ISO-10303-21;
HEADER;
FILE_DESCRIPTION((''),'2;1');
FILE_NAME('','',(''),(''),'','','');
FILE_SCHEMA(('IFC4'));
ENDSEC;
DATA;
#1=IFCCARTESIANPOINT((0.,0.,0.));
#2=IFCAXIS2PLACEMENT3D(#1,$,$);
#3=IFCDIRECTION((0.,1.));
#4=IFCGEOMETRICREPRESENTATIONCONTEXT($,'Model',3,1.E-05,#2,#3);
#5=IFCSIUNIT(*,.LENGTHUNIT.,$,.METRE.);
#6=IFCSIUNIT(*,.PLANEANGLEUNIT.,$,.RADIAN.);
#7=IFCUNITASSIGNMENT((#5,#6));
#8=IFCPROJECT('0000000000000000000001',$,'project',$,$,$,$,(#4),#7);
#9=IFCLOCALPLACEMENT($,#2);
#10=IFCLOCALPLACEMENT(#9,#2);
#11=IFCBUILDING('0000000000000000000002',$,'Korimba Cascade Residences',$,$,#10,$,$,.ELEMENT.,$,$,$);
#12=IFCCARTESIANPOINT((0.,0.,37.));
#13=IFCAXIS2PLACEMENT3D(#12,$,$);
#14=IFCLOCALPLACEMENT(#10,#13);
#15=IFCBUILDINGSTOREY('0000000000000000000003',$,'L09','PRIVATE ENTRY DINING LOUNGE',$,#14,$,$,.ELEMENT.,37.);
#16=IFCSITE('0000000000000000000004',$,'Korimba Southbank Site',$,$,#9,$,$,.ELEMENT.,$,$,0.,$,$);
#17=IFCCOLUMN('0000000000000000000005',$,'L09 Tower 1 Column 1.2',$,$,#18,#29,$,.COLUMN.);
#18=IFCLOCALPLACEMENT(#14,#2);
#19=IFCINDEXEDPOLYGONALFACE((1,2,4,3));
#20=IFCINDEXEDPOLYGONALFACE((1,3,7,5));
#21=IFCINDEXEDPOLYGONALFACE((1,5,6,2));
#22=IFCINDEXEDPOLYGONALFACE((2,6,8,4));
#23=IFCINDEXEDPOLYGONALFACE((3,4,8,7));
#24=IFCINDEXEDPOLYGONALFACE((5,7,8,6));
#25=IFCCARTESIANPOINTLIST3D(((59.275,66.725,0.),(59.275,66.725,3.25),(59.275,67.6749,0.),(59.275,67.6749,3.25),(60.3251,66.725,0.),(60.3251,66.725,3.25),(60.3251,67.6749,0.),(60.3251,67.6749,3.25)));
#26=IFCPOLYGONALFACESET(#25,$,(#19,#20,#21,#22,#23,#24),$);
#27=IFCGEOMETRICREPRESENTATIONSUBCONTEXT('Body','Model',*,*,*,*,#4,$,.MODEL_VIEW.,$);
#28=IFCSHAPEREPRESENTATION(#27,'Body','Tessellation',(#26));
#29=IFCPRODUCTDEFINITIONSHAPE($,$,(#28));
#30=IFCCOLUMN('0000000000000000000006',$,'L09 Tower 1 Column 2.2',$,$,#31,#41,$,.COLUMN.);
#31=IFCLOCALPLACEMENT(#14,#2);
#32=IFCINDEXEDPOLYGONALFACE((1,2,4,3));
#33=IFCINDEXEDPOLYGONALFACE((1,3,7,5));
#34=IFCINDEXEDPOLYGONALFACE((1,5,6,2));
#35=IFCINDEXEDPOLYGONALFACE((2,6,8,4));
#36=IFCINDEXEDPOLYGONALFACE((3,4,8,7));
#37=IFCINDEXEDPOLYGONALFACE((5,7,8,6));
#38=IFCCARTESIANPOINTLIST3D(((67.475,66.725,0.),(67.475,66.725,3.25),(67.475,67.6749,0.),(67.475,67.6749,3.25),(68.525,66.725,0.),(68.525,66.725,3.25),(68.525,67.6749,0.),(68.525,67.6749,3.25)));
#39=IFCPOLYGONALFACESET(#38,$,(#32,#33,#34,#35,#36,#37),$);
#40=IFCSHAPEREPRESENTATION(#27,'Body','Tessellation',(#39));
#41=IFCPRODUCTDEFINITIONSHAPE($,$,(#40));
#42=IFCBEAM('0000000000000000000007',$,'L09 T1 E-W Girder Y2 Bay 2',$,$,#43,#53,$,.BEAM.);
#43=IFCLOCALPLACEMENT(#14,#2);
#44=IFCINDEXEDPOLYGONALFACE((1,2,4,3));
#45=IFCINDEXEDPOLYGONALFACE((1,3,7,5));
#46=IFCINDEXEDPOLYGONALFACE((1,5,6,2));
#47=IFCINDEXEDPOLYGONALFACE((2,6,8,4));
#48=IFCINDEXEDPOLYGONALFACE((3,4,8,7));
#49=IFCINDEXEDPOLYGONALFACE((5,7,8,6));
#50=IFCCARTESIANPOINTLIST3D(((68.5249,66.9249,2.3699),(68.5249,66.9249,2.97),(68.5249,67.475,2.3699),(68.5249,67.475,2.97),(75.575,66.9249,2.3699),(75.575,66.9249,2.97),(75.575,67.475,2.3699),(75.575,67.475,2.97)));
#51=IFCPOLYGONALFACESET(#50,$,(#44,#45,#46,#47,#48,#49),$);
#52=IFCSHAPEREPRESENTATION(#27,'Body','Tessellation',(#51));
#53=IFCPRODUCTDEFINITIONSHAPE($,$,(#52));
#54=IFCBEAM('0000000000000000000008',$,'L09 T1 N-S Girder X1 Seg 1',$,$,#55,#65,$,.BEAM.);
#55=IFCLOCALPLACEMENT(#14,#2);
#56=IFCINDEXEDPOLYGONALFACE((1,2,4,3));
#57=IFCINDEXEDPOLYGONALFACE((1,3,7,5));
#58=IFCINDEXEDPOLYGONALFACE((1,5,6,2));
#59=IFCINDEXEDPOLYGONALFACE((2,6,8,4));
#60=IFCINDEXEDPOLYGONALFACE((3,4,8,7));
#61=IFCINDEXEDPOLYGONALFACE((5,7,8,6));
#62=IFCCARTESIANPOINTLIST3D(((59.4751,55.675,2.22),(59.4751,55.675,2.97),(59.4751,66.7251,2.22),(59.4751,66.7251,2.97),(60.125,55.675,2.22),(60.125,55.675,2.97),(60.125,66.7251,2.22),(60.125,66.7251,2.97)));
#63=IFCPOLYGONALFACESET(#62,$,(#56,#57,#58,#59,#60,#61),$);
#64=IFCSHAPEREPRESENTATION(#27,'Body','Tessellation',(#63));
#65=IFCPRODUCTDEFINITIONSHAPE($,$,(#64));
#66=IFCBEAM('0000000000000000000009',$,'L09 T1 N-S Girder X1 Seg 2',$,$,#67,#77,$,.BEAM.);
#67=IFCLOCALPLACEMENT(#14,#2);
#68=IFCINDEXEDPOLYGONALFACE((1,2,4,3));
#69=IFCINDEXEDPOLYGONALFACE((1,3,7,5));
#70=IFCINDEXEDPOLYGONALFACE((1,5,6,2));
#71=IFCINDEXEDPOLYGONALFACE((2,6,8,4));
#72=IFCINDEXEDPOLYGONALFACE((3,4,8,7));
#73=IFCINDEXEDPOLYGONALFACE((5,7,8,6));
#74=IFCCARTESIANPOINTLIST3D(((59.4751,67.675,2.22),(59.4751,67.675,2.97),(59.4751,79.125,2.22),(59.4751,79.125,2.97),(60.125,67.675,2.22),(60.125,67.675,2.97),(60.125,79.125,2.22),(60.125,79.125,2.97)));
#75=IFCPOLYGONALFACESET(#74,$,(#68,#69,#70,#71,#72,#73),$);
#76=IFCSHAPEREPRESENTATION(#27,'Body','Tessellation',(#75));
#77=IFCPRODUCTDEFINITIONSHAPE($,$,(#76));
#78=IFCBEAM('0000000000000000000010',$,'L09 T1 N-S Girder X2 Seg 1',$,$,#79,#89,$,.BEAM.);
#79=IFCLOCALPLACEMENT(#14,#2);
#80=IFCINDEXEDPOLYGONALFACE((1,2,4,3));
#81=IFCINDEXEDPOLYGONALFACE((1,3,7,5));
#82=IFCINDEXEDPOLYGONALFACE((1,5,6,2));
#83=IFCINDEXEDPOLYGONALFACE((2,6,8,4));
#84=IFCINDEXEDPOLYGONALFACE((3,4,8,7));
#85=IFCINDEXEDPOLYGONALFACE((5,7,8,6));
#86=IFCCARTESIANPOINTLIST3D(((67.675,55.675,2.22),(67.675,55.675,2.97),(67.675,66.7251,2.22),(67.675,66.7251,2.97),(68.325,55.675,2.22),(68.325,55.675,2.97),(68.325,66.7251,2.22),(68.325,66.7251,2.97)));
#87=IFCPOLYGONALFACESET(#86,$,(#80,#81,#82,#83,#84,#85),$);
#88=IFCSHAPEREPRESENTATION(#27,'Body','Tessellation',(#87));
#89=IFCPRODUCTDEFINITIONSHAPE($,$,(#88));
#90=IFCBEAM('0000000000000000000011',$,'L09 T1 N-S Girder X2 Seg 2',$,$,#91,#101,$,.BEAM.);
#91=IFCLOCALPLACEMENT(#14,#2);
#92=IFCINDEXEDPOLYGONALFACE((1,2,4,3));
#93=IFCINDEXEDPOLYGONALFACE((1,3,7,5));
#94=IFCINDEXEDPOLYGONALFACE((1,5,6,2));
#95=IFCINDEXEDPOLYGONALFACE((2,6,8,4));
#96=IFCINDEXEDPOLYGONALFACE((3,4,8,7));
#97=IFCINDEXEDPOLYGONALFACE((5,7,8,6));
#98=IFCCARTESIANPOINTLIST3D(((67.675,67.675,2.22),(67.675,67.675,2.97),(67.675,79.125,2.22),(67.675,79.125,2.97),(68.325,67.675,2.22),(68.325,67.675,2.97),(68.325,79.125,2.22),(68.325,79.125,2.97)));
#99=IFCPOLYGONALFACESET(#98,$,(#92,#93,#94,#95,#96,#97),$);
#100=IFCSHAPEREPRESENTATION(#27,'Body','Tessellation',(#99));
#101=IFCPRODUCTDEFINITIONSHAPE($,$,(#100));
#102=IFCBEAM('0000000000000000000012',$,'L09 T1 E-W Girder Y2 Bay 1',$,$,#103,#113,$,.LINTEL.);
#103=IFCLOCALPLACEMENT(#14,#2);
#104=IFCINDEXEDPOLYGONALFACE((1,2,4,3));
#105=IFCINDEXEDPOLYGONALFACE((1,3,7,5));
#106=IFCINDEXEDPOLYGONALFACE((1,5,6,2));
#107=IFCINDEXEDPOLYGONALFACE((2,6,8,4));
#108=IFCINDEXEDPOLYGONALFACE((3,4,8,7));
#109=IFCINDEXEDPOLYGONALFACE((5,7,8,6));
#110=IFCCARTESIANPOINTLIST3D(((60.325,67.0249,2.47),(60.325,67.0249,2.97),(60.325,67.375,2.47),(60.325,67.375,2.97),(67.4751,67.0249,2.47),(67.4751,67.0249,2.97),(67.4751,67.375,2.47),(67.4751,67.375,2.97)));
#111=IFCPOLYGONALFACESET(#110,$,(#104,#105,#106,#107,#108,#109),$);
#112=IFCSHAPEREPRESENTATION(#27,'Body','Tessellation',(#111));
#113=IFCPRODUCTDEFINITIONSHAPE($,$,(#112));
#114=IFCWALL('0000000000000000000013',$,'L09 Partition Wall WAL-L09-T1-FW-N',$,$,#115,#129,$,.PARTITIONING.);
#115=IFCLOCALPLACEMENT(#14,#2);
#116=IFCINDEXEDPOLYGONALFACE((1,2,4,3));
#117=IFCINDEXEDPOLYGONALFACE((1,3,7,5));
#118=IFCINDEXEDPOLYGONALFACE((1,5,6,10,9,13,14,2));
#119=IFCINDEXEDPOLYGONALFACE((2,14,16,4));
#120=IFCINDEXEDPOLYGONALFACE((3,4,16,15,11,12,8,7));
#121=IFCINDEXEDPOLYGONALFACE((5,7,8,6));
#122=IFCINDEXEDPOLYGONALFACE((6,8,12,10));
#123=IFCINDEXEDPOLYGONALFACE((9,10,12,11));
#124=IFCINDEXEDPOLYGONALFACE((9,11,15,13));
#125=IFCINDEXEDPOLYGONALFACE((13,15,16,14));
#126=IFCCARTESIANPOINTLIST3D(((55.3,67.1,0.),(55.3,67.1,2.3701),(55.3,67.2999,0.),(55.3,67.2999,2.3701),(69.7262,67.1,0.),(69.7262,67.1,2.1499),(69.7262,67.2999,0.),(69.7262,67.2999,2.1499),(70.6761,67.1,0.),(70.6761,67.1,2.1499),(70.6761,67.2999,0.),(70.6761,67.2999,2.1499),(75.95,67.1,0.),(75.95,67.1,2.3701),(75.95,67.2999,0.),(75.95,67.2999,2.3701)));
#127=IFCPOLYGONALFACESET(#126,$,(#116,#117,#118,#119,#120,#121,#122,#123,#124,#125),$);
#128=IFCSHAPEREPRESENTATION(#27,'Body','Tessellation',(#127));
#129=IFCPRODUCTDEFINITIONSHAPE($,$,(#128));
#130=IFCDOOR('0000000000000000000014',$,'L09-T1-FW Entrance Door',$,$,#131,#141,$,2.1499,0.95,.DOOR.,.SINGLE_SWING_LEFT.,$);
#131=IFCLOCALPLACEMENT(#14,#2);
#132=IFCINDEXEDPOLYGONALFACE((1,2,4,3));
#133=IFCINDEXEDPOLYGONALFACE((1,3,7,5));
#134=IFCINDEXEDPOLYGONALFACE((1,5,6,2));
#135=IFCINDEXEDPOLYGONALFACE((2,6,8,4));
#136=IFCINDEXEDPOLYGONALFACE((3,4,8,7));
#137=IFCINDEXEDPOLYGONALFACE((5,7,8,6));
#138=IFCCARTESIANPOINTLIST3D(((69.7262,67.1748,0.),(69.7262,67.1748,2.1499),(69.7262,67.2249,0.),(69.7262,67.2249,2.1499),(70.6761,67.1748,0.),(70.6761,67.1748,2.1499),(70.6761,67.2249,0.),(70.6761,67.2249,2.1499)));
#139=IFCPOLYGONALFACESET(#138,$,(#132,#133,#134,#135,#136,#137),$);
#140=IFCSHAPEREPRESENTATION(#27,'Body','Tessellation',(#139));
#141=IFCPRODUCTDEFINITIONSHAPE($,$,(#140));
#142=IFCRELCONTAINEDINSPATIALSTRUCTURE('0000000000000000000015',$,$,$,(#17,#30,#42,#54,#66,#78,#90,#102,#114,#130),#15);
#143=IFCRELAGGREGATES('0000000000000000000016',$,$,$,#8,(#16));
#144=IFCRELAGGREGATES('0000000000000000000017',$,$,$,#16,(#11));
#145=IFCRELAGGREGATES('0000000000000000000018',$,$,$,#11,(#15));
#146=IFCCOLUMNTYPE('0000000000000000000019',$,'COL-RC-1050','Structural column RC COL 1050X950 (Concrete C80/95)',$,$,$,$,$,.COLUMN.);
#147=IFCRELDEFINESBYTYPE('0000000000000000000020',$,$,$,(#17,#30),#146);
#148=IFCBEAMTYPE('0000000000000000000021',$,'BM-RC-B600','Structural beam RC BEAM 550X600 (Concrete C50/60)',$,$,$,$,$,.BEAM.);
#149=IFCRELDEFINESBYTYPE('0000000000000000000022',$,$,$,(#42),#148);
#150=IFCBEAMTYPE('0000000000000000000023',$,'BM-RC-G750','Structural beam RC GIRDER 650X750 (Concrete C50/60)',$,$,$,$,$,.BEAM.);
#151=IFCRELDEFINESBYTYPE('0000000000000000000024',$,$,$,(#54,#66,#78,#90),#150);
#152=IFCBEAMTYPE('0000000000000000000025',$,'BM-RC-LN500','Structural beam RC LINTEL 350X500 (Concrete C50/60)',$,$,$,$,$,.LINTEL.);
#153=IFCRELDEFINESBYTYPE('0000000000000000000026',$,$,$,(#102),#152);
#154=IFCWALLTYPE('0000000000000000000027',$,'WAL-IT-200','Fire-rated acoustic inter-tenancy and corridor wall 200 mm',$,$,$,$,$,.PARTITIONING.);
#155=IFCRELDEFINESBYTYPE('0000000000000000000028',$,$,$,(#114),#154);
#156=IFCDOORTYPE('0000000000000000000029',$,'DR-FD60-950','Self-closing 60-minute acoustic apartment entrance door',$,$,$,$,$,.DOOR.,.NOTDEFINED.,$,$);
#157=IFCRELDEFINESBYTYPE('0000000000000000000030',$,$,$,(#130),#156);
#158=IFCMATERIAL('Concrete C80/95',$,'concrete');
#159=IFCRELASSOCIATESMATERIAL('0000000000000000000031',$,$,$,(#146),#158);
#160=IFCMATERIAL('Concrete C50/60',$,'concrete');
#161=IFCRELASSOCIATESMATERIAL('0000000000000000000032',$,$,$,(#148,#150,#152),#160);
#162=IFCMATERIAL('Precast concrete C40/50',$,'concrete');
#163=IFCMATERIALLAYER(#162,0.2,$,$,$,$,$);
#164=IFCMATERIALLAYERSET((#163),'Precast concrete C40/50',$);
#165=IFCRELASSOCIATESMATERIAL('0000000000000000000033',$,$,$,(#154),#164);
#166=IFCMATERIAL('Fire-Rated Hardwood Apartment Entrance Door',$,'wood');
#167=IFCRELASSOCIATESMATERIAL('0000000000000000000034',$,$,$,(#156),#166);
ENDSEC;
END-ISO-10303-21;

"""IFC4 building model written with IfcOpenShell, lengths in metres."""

from ifc_helpers import new_model, si_unit, direction, frame, frame_2d, origin, origin_2d, place, context, subcontext, project, spatial, rectangle, extrude, material, layer, layer_set, material_profile, profile_set, type_object, element, fill, save


model = new_model("IFC4")

# Units and contexts
model_context = context("Model", 3, precision=1e-05, world=origin(), true_north=direction((0.0, 1.0)))
body_context = subcontext(model_context, "Body", "Model", "MODEL_VIEW")
ifc_project = project(units=[si_unit("LENGTHUNIT", "METRE"), si_unit("PLANEANGLEUNIT", "RADIAN")], contexts=[model_context])

# Site, building, storey
site_placement = place(None, origin())
site = spatial("IfcSite", under=ifc_project, at=site_placement, Name="Korimba Southbank Site", CompositionType="ELEMENT", RefElevation=0.0)
building_placement = place(site_placement, origin())
building = spatial("IfcBuilding", under=site, at=building_placement, Name="Korimba Cascade Residences", CompositionType="ELEMENT")
storey_placement = place(building_placement, frame((0.0, 0.0, 37.0)))
storey = spatial("IfcBuildingStorey", under=building, at=storey_placement, Name="L09", Description="PRIVATE ENTRY DINING LOUNGE", CompositionType="ELEMENT", Elevation=37.0)

# Columns
ifc_material_1 = material(Name="Concrete C80/95", Category="concrete")
ifc_material_profile_1 = material_profile(ifc_material_1, rectangle(XDim=1.05, YDim=0.95, at=origin_2d()), Name="Concrete C80/95")
ifc_profile_set_1 = profile_set([ifc_material_profile_1], Name="Concrete C80/95")
column_type = type_object("IfcColumnType", Name="COL-RC-1050", Description="Structural column RC COL 1050X950 (Concrete C80/95)", PredefinedType="COLUMN", material=ifc_profile_set_1)
for number, where, z_axis, x_axis, name in (
    (1, (59.8, 67.2, 0.0), (0.0, 0.0, 1.0), (1.0, 0.0, 0.0), "L09 Tower 1 Column 1.2"),
    (2, (68.0, 67.2, 0.0), (0.0, 0.0, 1.0), (1.0, 0.0, 0.0), "L09 Tower 1 Column 2.2"),
):
    element("IfcColumn", number, at=place(storey_placement, frame(where, z_axis=z_axis, x_axis=x_axis)), inside=storey, type_object=column_type, Name=name, PredefinedType="COLUMN", context=body_context, shape_type="SweptSolid", body=[
        extrude(rectangle(XDim=1.05, YDim=0.95, at=origin_2d()), origin(), (0.0, 0.0, 1.0), 3.25),
    ])

# Beams
ifc_material_2 = material(Name="Concrete C50/60", Category="concrete")
ifc_material_profile_2 = material_profile(ifc_material_2, rectangle(XDim=0.55, YDim=0.6001, at=origin_2d()), Name="Concrete C50/60")
ifc_profile_set_2 = profile_set([ifc_material_profile_2], Name="Concrete C50/60")
beam_type_1 = type_object("IfcBeamType", Name="BM-RC-B600", Description="Structural beam RC BEAM 550X600 (Concrete C50/60)", PredefinedType="BEAM", material=ifc_profile_set_2)
beam_1_placement = place(storey_placement, frame((68.5249, 67.2, 2.6699), z_axis=(1.0, 0.0, 0.0), x_axis=(0.0, 1.0, 0.0)))
element("IfcBeam", 3, at=beam_1_placement, inside=storey, type_object=beam_type_1, Name="L09 T1 E-W Girder Y2 Bay 2", PredefinedType="BEAM", context=body_context, shape_type="SweptSolid", body=[
    extrude(rectangle(XDim=0.55, YDim=0.6001, at=origin_2d()), origin(), (0.0, 0.0, 1.0), 7.05),
])
ifc_material_profile_3 = material_profile(ifc_material_2, rectangle(XDim=0.6499, YDim=0.75, at=origin_2d()), Name="Concrete C50/60")
ifc_profile_set_3 = profile_set([ifc_material_profile_3], Name="Concrete C50/60")
beam_type_2 = type_object("IfcBeamType", Name="BM-RC-G750", Description="Structural beam RC GIRDER 650X750 (Concrete C50/60)", PredefinedType="BEAM", material=ifc_profile_set_3)
beam_2_placement = place(storey_placement, frame((59.8, 55.675, 2.595), z_axis=(0.0, 1.0, 0.0), x_axis=(-1.0, 0.0, 0.0)))
element("IfcBeam", 4, at=beam_2_placement, inside=storey, type_object=beam_type_2, Name="L09 T1 N-S Girder X1 Seg 1", PredefinedType="BEAM", context=body_context, shape_type="SweptSolid", body=[
    extrude(rectangle(XDim=0.6499, YDim=0.75, at=origin_2d()), origin(), (0.0, 0.0, 1.0), 11.05),
])
beam_3_placement = place(storey_placement, frame((59.8, 67.675, 2.595), z_axis=(0.0, 1.0, 0.0), x_axis=(-1.0, 0.0, 0.0)))
element("IfcBeam", 5, at=beam_3_placement, inside=storey, type_object=beam_type_2, Name="L09 T1 N-S Girder X1 Seg 2", PredefinedType="BEAM", context=body_context, shape_type="SweptSolid", body=[
    extrude(rectangle(XDim=0.6499, YDim=0.75, at=origin_2d()), origin(), (0.0, 0.0, 1.0), 11.45),
])
beam_4_placement = place(storey_placement, frame((68.0, 55.675, 2.595), z_axis=(0.0, 1.0, 0.0), x_axis=(-1.0, 0.0, 0.0)))
element("IfcBeam", 6, at=beam_4_placement, inside=storey, type_object=beam_type_2, Name="L09 T1 N-S Girder X2 Seg 1", PredefinedType="BEAM", context=body_context, shape_type="SweptSolid", body=[
    extrude(rectangle(XDim=0.6499, YDim=0.75, at=origin_2d()), origin(), (0.0, 0.0, 1.0), 11.05),
])
beam_5_placement = place(storey_placement, frame((68.0, 67.675, 2.595), z_axis=(0.0, 1.0, 0.0), x_axis=(-1.0, 0.0, 0.0)))
element("IfcBeam", 7, at=beam_5_placement, inside=storey, type_object=beam_type_2, Name="L09 T1 N-S Girder X2 Seg 2", PredefinedType="BEAM", context=body_context, shape_type="SweptSolid", body=[
    extrude(rectangle(XDim=0.6499, YDim=0.75, at=origin_2d()), origin(), (0.0, 0.0, 1.0), 11.45),
])
ifc_material_profile_4 = material_profile(ifc_material_2, rectangle(XDim=0.3501, YDim=0.5, at=origin_2d()), Name="Concrete C50/60")
ifc_profile_set_4 = profile_set([ifc_material_profile_4], Name="Concrete C50/60")
beam_type_3 = type_object("IfcBeamType", Name="BM-RC-LN500", Description="Structural beam RC LINTEL 350X500 (Concrete C50/60)", PredefinedType="LINTEL", material=ifc_profile_set_4)
beam_6_placement = place(storey_placement, frame((60.325, 67.2, 2.72), z_axis=(1.0, 0.0, 0.0), x_axis=(0.0, 1.0, 0.0)))
element("IfcBeam", 8, at=beam_6_placement, inside=storey, type_object=beam_type_3, Name="L09 T1 E-W Girder Y2 Bay 1", PredefinedType="LINTEL", context=body_context, shape_type="SweptSolid", body=[
    extrude(rectangle(XDim=0.3501, YDim=0.5, at=origin_2d()), origin(), (0.0, 0.0, 1.0), 7.1501),
])

# Wall, opening, door
ifc_material_3 = material(Name="Precast concrete C40/50", Category="concrete")
ifc_layer_1 = layer(ifc_material_3, 0.2)
ifc_layer_set_1 = layer_set([ifc_layer_1], Name="Precast concrete C40/50")
wall_type_1 = type_object("IfcWallType", Name="WAL-IT-200", Description="Fire-rated acoustic inter-tenancy and corridor wall 200 mm", PredefinedType="PARTITIONING", material=ifc_layer_set_1)
wall_1_placement = place(storey_placement, frame((55.3, 67.2, 0.0), z_axis=(0.0, 0.0, 1.0), x_axis=(1.0, 0.0, 0.0)))
wall_1 = element("IfcWall", 9, at=wall_1_placement, inside=storey, type_object=wall_type_1, Name="L09 Partition Wall WAL-L09-T1-FW-N", PredefinedType="PARTITIONING", context=body_context, shape_type="SweptSolid", body=[
    extrude(rectangle(XDim=20.6499, YDim=0.2, at=frame_2d((10.325, 0.0))), origin(), (0.0, 0.0, 1.0), 2.3701),
])
opening_1_placement = place(wall_1_placement, frame((14.426, 0.0, 0.0)))
opening_1 = element("IfcOpeningElement", 10, at=opening_1_placement, cuts=wall_1, PredefinedType="OPENING", context=body_context, shape_type="SweptSolid", body=[
    extrude(rectangle(XDim=0.95, YDim=2.1499, at=frame_2d((0.4751, 1.075))), frame((0.0, 0.1099, 0.0), z_axis=(0.0, -1.0, 0.0), x_axis=(1.0, 0.0, 0.0)), (0.0, 0.0, 1.0), 0.22),
])
ifc_material_4 = material(Name="Fire-Rated Hardwood Apartment Entrance Door", Category="wood")
door_type_1 = type_object("IfcDoorType", Name="DR-FD60-950", Description="Self-closing 60-minute acoustic apartment entrance door", OperationType="NOTDEFINED", PredefinedType="DOOR", material=ifc_material_4)
door_1_placement = place(opening_1_placement, origin())
door_1 = element("IfcDoor", 11, at=door_1_placement, inside=storey, type_object=door_type_1, Name="L09-T1-FW Entrance Door", OperationType="SINGLE_SWING_LEFT", OverallHeight=2.1499, OverallWidth=0.95, PredefinedType="DOOR", context=body_context, shape_type="SweptSolid", body=[
    extrude(rectangle(XDim=0.95, YDim=2.1499, at=frame_2d((0.4751, 1.075))), frame((0.0, 0.0249, 0.0), z_axis=(0.0, -1.0, 0.0), x_axis=(1.0, 0.0, 0.0)), (0.0, 0.0, 1.0), 0.05),
])
fill(opening_1, door_1)

save(model, "model.ifc")
